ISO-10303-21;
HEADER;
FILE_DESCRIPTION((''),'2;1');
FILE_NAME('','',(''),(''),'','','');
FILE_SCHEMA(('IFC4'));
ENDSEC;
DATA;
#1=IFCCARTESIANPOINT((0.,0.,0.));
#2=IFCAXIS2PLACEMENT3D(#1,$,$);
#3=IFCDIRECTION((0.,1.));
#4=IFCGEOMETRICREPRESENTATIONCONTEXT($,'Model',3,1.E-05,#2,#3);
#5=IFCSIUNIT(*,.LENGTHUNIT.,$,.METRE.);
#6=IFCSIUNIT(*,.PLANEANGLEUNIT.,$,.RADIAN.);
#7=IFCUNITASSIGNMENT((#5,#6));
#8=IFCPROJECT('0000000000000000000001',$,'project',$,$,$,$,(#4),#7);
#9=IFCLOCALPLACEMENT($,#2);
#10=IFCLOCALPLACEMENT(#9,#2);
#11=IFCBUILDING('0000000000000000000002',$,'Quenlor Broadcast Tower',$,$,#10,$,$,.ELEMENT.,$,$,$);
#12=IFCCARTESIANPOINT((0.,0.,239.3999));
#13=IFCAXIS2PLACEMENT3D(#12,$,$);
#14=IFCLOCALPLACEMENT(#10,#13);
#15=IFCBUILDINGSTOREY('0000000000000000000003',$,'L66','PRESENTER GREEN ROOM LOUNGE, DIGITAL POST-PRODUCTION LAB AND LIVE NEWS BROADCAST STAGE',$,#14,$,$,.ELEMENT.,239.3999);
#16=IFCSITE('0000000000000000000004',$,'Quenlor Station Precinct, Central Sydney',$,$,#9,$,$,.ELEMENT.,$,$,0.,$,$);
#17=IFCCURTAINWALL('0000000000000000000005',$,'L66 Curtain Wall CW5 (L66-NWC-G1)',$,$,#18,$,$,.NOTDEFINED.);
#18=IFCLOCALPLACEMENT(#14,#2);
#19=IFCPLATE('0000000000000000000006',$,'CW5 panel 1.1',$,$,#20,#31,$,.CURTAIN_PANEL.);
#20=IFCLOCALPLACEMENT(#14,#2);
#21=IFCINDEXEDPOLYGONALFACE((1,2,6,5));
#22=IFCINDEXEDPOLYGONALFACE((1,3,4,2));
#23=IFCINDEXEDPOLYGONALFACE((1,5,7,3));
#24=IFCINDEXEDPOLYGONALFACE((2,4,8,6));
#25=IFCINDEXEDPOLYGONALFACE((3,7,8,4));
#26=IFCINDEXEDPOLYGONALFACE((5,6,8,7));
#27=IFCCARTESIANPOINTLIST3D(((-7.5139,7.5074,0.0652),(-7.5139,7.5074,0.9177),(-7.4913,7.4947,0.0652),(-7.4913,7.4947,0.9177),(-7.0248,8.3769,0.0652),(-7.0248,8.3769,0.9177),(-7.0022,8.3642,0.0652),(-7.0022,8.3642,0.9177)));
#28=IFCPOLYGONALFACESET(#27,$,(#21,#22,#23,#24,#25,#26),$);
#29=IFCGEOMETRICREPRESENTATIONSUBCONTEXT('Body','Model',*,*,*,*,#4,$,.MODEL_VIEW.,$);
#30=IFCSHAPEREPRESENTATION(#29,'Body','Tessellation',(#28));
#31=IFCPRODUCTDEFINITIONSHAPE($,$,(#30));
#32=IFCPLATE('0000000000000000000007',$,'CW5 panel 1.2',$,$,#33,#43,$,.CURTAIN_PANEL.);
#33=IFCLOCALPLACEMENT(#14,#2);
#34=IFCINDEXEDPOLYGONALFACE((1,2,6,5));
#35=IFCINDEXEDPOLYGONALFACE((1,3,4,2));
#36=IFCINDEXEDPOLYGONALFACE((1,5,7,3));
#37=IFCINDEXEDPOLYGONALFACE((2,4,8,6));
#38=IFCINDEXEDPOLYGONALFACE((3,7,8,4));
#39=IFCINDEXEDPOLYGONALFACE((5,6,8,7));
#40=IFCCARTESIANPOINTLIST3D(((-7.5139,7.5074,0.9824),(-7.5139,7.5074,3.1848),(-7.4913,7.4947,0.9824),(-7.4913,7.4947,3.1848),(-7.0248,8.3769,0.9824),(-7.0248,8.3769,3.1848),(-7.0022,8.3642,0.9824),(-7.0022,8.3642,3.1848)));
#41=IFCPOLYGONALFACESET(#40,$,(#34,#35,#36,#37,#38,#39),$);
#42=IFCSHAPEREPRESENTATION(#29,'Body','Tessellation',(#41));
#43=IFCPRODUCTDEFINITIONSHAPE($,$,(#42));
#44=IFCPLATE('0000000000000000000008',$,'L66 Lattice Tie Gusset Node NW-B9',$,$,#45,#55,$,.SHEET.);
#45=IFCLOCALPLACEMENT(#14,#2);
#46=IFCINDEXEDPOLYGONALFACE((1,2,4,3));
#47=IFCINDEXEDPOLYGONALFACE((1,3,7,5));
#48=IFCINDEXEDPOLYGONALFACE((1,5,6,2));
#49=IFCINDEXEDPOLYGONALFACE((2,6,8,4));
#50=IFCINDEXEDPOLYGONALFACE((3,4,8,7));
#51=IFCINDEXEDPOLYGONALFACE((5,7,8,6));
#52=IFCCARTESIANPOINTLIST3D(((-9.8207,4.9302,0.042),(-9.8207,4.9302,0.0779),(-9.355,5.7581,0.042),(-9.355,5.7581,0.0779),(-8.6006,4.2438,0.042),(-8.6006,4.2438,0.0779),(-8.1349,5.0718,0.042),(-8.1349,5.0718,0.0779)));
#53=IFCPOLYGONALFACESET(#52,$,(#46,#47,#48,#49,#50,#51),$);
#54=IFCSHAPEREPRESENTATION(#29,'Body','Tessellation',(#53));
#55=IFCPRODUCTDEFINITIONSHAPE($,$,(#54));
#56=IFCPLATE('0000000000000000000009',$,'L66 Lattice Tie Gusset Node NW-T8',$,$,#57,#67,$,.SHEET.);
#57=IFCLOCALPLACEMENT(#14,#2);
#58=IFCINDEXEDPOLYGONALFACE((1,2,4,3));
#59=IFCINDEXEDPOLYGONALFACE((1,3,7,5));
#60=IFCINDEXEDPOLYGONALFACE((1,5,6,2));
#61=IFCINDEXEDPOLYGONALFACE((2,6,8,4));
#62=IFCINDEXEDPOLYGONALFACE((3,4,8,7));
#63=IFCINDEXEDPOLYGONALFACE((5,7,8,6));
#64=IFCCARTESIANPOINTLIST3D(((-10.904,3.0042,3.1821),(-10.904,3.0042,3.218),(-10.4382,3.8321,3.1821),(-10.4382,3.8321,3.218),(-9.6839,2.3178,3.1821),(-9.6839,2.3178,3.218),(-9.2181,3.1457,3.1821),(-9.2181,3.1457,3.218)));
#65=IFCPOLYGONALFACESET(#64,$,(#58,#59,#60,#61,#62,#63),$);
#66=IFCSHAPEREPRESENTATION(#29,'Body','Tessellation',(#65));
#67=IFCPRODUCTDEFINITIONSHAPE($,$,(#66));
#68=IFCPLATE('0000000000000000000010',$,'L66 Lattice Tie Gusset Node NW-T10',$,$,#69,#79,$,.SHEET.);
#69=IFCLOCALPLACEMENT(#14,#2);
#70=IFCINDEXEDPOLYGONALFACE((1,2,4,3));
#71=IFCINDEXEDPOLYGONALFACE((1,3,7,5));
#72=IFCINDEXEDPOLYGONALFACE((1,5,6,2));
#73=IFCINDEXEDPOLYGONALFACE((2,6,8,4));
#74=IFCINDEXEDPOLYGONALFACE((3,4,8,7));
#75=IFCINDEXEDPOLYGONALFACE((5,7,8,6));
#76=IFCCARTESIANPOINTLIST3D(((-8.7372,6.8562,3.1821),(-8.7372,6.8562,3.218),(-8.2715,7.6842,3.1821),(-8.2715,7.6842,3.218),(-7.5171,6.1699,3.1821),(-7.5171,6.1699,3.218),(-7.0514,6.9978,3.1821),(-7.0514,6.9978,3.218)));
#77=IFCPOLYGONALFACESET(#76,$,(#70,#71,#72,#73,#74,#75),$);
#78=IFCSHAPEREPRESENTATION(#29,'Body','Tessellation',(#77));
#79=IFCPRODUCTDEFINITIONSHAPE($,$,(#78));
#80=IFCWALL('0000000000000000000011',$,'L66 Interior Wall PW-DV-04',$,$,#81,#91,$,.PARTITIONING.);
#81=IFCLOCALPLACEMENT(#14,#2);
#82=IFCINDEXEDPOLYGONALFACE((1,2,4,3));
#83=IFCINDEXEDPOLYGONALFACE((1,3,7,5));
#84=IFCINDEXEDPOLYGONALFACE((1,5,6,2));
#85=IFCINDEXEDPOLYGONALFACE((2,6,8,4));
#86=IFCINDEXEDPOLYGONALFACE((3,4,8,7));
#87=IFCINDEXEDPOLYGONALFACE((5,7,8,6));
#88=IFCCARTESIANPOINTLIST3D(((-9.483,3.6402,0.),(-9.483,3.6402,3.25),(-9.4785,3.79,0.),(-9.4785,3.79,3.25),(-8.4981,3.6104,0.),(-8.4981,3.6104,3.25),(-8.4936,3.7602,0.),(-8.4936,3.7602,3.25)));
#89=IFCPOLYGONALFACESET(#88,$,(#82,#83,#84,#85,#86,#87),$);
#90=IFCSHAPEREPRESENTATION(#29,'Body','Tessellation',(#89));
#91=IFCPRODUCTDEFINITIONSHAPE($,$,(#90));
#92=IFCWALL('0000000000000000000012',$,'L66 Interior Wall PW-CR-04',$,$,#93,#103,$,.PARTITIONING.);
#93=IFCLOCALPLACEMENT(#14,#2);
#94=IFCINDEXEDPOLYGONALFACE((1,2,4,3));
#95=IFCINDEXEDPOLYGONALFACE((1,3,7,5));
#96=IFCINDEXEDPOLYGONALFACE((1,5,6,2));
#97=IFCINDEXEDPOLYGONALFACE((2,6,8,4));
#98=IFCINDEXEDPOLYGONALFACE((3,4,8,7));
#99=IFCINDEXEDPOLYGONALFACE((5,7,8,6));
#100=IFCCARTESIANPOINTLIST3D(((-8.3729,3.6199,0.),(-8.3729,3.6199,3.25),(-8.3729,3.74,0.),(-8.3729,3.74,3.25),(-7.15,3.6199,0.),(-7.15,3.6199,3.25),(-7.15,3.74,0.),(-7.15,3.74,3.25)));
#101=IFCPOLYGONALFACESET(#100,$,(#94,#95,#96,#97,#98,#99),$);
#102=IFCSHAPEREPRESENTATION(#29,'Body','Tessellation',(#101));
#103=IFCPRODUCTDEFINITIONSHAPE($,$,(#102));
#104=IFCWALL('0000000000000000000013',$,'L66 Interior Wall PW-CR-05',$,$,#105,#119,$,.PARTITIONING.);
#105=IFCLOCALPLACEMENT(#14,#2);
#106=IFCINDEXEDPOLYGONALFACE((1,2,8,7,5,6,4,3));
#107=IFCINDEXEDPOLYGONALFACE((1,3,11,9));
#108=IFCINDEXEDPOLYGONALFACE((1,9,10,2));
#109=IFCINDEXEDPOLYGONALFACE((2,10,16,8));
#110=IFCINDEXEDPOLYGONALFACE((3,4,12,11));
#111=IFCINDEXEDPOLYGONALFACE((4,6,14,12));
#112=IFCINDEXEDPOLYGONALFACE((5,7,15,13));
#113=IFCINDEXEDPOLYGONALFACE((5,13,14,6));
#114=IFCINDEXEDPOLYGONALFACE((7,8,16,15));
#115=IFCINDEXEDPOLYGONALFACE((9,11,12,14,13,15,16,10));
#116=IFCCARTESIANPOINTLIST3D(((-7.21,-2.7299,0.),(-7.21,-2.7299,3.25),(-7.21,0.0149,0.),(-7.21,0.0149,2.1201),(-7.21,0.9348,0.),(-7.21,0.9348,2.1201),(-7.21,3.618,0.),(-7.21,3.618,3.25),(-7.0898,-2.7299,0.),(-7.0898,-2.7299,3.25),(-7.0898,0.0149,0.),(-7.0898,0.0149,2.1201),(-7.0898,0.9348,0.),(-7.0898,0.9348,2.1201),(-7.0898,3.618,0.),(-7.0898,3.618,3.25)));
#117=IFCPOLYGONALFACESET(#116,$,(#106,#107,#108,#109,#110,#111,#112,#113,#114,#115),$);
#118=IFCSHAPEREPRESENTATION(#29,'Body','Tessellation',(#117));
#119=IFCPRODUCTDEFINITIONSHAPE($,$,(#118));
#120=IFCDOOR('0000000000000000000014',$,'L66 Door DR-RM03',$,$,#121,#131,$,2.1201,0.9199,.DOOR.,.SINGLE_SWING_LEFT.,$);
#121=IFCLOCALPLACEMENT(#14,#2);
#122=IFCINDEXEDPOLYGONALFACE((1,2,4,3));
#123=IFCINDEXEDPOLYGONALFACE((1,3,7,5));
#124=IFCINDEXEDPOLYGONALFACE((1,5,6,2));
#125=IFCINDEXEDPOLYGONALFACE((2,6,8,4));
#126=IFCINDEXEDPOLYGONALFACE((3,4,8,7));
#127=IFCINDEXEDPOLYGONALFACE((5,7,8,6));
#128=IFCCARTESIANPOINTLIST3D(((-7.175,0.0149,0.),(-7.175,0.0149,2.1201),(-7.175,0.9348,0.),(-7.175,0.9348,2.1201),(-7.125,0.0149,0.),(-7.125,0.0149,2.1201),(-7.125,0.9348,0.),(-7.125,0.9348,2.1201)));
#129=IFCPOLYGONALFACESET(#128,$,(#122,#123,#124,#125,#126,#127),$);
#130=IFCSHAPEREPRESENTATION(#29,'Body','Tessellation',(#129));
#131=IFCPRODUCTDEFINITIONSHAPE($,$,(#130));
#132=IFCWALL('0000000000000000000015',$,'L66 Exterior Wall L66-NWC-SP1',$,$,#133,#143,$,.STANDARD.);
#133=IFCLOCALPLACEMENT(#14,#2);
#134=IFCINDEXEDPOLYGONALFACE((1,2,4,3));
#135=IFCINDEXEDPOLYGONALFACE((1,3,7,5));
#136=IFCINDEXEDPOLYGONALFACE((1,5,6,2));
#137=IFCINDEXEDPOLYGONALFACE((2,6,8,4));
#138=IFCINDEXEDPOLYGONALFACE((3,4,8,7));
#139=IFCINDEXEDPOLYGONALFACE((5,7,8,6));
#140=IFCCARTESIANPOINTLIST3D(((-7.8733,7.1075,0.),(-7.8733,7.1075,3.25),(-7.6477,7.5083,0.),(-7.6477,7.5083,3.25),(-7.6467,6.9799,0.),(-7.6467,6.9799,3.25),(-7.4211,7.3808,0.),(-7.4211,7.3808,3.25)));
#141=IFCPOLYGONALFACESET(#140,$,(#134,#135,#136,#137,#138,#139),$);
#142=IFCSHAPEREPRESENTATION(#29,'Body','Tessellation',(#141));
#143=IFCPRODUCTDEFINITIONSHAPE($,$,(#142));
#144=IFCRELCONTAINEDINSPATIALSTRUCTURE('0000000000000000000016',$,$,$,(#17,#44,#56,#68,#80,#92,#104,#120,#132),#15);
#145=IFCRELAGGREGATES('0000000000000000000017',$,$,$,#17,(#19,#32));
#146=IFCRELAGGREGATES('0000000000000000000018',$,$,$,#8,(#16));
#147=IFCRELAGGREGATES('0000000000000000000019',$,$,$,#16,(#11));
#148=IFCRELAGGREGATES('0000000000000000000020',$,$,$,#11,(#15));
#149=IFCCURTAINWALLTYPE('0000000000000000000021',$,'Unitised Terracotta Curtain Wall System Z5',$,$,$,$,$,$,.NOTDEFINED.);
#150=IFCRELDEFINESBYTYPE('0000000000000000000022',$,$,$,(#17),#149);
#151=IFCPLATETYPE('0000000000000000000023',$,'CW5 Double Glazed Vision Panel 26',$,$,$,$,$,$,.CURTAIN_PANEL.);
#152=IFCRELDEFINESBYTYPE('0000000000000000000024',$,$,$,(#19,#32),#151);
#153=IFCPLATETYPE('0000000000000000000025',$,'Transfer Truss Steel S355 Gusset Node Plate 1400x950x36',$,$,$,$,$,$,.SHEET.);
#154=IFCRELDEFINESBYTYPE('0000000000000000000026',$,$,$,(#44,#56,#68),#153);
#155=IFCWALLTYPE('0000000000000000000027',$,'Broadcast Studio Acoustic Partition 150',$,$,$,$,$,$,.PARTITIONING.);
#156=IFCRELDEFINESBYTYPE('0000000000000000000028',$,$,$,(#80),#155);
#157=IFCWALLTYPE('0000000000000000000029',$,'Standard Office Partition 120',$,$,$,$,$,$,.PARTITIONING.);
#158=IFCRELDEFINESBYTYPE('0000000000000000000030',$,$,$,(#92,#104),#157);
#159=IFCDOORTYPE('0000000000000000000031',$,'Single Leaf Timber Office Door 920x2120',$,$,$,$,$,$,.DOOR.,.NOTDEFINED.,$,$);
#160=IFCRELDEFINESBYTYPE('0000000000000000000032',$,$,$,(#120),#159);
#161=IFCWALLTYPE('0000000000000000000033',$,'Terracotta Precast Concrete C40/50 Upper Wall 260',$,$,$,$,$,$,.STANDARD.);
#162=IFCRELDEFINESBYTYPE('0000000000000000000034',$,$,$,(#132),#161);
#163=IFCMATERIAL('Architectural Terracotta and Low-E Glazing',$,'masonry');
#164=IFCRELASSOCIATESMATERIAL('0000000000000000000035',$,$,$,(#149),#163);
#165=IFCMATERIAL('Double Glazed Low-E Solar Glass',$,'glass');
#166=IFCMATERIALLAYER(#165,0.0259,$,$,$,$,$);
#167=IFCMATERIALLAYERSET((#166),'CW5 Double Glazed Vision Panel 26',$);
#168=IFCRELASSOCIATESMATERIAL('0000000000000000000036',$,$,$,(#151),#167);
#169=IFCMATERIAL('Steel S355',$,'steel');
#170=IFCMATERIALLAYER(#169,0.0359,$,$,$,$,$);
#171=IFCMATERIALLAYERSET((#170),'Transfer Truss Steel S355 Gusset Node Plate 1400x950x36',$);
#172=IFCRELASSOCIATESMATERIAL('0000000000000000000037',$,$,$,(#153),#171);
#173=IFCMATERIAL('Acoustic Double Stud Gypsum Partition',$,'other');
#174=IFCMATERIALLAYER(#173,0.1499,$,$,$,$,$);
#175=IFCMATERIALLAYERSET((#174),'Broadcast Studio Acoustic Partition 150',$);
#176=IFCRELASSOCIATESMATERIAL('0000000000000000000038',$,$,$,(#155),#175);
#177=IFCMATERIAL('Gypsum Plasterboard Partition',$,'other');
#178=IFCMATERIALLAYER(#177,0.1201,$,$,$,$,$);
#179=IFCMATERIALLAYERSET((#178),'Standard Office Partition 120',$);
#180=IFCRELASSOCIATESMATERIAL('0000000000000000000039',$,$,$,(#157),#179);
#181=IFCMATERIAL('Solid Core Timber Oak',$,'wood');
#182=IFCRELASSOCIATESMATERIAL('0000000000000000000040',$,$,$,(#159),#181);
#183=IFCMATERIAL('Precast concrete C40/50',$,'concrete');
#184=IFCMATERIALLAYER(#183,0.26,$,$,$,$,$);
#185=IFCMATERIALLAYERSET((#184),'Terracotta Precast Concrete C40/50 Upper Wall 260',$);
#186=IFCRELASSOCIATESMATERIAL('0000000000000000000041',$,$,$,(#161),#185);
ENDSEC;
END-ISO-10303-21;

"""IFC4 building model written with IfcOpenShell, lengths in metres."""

from ifc_helpers import new_model, si_unit, direction, frame, frame_2d, origin, origin_2d, place, context, subcontext, project, spatial, rectangle, extrude, material, layer, layer_set, type_object, element, fill, aggregate, save


model = new_model("IFC4")

# Units and contexts
model_context = context("Model", 3, precision=1e-05, world=origin(), true_north=direction((0.0, 1.0)))
body_context = subcontext(model_context, "Body", "Model", "MODEL_VIEW")
ifc_project = project(units=[si_unit("LENGTHUNIT", "METRE"), si_unit("PLANEANGLEUNIT", "RADIAN")], contexts=[model_context])

# Site, building, storey
site_placement = place(None, origin())
site = spatial("IfcSite", under=ifc_project, at=site_placement, Name="Quenlor Station Precinct, Central Sydney", CompositionType="ELEMENT", RefElevation=0.0)
building_placement = place(site_placement, origin())
building = spatial("IfcBuilding", under=site, at=building_placement, Name="Quenlor Broadcast Tower", CompositionType="ELEMENT")
storey_placement = place(building_placement, frame((0.0, 0.0, 239.3999)))
storey = spatial("IfcBuildingStorey", under=building, at=storey_placement, Name="L66", Description="PRESENTER GREEN ROOM LOUNGE, DIGITAL POST-PRODUCTION LAB AND LIVE NEWS BROADCAST STAGE", CompositionType="ELEMENT", Elevation=239.3999)

# Curtain wall
ifc_material_1 = material(Name="Architectural Terracotta and Low-E Glazing", Category="masonry")
curtain_wall_type = type_object("IfcCurtainWallType", Name="Unitised Terracotta Curtain Wall System Z5", PredefinedType="NOTDEFINED", material=ifc_material_1)
curtain_wall_placement = place(storey_placement, origin())
curtain_wall = element("IfcCurtainWall", 1, at=curtain_wall_placement, inside=storey, type_object=curtain_wall_type, Name="L66 Curtain Wall CW5 (L66-NWC-G1)", PredefinedType="NOTDEFINED")

# Plates
ifc_material_2 = material(Name="Double Glazed Low-E Solar Glass", Category="glass")
ifc_layer_1 = layer(ifc_material_2, 0.0259)
ifc_layer_set_1 = layer_set([ifc_layer_1], Name="CW5 Double Glazed Vision Panel 26")
plate_type_1 = type_object("IfcPlateType", Name="CW5 Double Glazed Vision Panel 26", PredefinedType="CURTAIN_PANEL", material=ifc_layer_set_1)
plate_1_placement = place(storey_placement, frame((-7.2581, 7.9358, 0.0652), z_axis=(0.0, 0.0, 1.0), x_axis=(0.490282, 0.871564, 0.0)))
plate_1 = element("IfcPlate", 2, at=plate_1_placement, type_object=plate_type_1, Name="CW5 panel 1.1", PredefinedType="CURTAIN_PANEL", context=body_context, shape_type="SweptSolid", body=[
    extrude(rectangle(XDim=0.9976, YDim=0.0259, at=origin_2d()), origin(), (0.0, 0.0, 1.0), 0.8525),
])
plate_2_placement = place(storey_placement, frame((-7.2581, 7.9358, 0.9824), z_axis=(0.0, 0.0, 1.0), x_axis=(0.490282, 0.871564, 0.0)))
plate_2 = element("IfcPlate", 3, at=plate_2_placement, type_object=plate_type_1, Name="CW5 panel 1.2", PredefinedType="CURTAIN_PANEL", context=body_context, shape_type="SweptSolid", body=[
    extrude(rectangle(XDim=0.9976, YDim=0.0259, at=origin_2d()), origin(), (0.0, 0.0, 1.0), 2.2024),
])
aggregate(curtain_wall, [plate_1, plate_2])

# Plates
ifc_material_3 = material(Name="Steel S355", Category="steel")
ifc_layer_2 = layer(ifc_material_3, 0.0359)
ifc_layer_set_2 = layer_set([ifc_layer_2], Name="Transfer Truss Steel S355 Gusset Node Plate 1400x950x36")
plate_type_2 = type_object("IfcPlateType", Name="Transfer Truss Steel S355 Gusset Node Plate 1400x950x36", PredefinedType="SHEET", material=ifc_layer_set_2)
for number, where, z_axis, x_axis, name in (
    (4, (-8.9778, 5.001, 0.042), (0.0, 0.0, 1.0), (-0.871556, 0.490295, 0.0), "L66 Lattice Tie Gusset Node NW-B9"),
    (5, (-10.061, 3.075, 3.1821), (0.0, 0.0, 1.0), (-0.871556, 0.490295, 0.0), "L66 Lattice Tie Gusset Node NW-T8"),
    (6, (-7.8943, 6.927, 3.1821), (0.0, 0.0, 1.0), (-0.871556, 0.490295, 0.0), "L66 Lattice Tie Gusset Node NW-T10"),
):
    element("IfcPlate", number, at=place(storey_placement, frame(where, z_axis=z_axis, x_axis=x_axis)), inside=storey, type_object=plate_type_2, Name=name, PredefinedType="SHEET", context=body_context, shape_type="SweptSolid", body=[
        extrude(rectangle(XDim=1.3999, YDim=0.95, at=origin_2d()), origin(), (0.0, 0.0, 1.0), 0.0359),
    ])

# Walls
ifc_material_4 = material(Name="Acoustic Double Stud Gypsum Partition", Category="other")
ifc_layer_3 = layer(ifc_material_4, 0.1499)
ifc_layer_set_3 = layer_set([ifc_layer_3], Name="Broadcast Studio Acoustic Partition 150")
wall_type_1 = type_object("IfcWallType", Name="Broadcast Studio Acoustic Partition 150", PredefinedType="PARTITIONING", material=ifc_layer_set_3)
wall_1_placement = place(storey_placement, frame((-8.4958, 3.6853, 0.0), z_axis=(0.0, 0.0, 1.0), x_axis=(-0.999543, 0.030229, 0.0)))
element("IfcWall", 7, at=wall_1_placement, inside=storey, type_object=wall_type_1, Name="L66 Interior Wall PW-DV-04", PredefinedType="PARTITIONING", context=body_context, shape_type="SweptSolid", body=[
    extrude(rectangle(XDim=0.9854, YDim=0.1499, at=frame_2d((0.4927, 0.0))), origin(), (0.0, 0.0, 1.0), 3.25),
])
ifc_material_5 = material(Name="Gypsum Plasterboard Partition", Category="other")
ifc_layer_4 = layer(ifc_material_5, 0.1201)
ifc_layer_set_4 = layer_set([ifc_layer_4], Name="Standard Office Partition 120")
wall_type_2 = type_object("IfcWallType", Name="Standard Office Partition 120", PredefinedType="PARTITIONING", material=ifc_layer_set_4)
wall_2_placement = place(storey_placement, frame((-8.3728, 3.6799, 0.0), z_axis=(0.0, 0.0, 1.0), x_axis=(1.0, 0.0, 0.0)))
element("IfcWall", 8, at=wall_2_placement, inside=storey, type_object=wall_type_2, Name="L66 Interior Wall PW-CR-04", PredefinedType="PARTITIONING", context=body_context, shape_type="SweptSolid", body=[
    extrude(rectangle(XDim=1.2229, YDim=0.1201, at=frame_2d((0.6113, 0.0))), origin(), (0.0, 0.0, 1.0), 3.25),
])

# Wall, opening, door
wall_3_placement = place(storey_placement, frame((-7.1499, 3.6179, 0.0), z_axis=(0.0, 0.0, 1.0), x_axis=(0.0, -1.0, 0.0)))
wall_3 = element("IfcWall", 9, at=wall_3_placement, inside=storey, type_object=wall_type_2, Name="L66 Interior Wall PW-CR-05", PredefinedType="PARTITIONING", context=body_context, shape_type="SweptSolid", body=[
    extrude(rectangle(XDim=6.3479, YDim=0.1201, at=frame_2d((3.1738, 0.0))), origin(), (0.0, 0.0, 1.0), 3.25),
])
opening_placement = place(wall_3_placement, frame((2.6831, 0.0, 0.0)))
opening = element("IfcOpeningElement", 10, at=opening_placement, cuts=wall_3, PredefinedType="OPENING", context=body_context, shape_type="SweptSolid", body=[
    extrude(rectangle(XDim=0.9199, YDim=2.1201, at=frame_2d((0.46, 1.0601))), frame((0.0, 0.0701, 0.0), z_axis=(0.0, -1.0, 0.0), x_axis=(1.0, 0.0, 0.0)), (0.0, 0.0, 1.0), 0.1401),
])
ifc_material_6 = material(Name="Solid Core Timber Oak", Category="wood")
door_type = type_object("IfcDoorType", Name="Single Leaf Timber Office Door 920x2120", OperationType="NOTDEFINED", PredefinedType="DOOR", material=ifc_material_6)
door_placement = place(opening_placement, origin())
door = element("IfcDoor", 11, at=door_placement, inside=storey, type_object=door_type, Name="L66 Door DR-RM03", OperationType="SINGLE_SWING_LEFT", OverallHeight=2.1201, OverallWidth=0.9199, PredefinedType="DOOR", context=body_context, shape_type="SweptSolid", body=[
    extrude(rectangle(XDim=0.9199, YDim=2.1201, at=frame_2d((0.46, 1.0601))), frame((0.0, 0.0249, 0.0), z_axis=(0.0, -1.0, 0.0), x_axis=(1.0, 0.0, 0.0)), (0.0, 0.0, 1.0), 0.05),
])
fill(opening, door)

# Wall
ifc_material_7 = material(Name="Precast concrete C40/50", Category="concrete")
ifc_layer_5 = layer(ifc_material_7, 0.26)
ifc_layer_set_5 = layer_set([ifc_layer_5], Name="Terracotta Precast Concrete C40/50 Upper Wall 260")
wall_type_3 = type_object("IfcWallType", Name="Terracotta Precast Concrete C40/50 Upper Wall 260", PredefinedType="STANDARD", material=ifc_layer_set_5)
wall_4_placement = place(storey_placement, frame((-7.76, 7.0437, 0.0), z_axis=(0.0, 0.0, 1.0), x_axis=(0.490412, 0.87149, 0.0)))
element("IfcWall", 12, at=wall_4_placement, inside=storey, type_object=wall_type_3, Name="L66 Exterior Wall L66-NWC-SP1", PredefinedType="STANDARD", context=body_context, shape_type="SweptSolid", body=[
    extrude(rectangle(XDim=0.46, YDim=0.26, at=frame_2d((0.23, 0.0))), origin(), (0.0, 0.0, 1.0), 3.25),
])

save(model, "model.ifc")
